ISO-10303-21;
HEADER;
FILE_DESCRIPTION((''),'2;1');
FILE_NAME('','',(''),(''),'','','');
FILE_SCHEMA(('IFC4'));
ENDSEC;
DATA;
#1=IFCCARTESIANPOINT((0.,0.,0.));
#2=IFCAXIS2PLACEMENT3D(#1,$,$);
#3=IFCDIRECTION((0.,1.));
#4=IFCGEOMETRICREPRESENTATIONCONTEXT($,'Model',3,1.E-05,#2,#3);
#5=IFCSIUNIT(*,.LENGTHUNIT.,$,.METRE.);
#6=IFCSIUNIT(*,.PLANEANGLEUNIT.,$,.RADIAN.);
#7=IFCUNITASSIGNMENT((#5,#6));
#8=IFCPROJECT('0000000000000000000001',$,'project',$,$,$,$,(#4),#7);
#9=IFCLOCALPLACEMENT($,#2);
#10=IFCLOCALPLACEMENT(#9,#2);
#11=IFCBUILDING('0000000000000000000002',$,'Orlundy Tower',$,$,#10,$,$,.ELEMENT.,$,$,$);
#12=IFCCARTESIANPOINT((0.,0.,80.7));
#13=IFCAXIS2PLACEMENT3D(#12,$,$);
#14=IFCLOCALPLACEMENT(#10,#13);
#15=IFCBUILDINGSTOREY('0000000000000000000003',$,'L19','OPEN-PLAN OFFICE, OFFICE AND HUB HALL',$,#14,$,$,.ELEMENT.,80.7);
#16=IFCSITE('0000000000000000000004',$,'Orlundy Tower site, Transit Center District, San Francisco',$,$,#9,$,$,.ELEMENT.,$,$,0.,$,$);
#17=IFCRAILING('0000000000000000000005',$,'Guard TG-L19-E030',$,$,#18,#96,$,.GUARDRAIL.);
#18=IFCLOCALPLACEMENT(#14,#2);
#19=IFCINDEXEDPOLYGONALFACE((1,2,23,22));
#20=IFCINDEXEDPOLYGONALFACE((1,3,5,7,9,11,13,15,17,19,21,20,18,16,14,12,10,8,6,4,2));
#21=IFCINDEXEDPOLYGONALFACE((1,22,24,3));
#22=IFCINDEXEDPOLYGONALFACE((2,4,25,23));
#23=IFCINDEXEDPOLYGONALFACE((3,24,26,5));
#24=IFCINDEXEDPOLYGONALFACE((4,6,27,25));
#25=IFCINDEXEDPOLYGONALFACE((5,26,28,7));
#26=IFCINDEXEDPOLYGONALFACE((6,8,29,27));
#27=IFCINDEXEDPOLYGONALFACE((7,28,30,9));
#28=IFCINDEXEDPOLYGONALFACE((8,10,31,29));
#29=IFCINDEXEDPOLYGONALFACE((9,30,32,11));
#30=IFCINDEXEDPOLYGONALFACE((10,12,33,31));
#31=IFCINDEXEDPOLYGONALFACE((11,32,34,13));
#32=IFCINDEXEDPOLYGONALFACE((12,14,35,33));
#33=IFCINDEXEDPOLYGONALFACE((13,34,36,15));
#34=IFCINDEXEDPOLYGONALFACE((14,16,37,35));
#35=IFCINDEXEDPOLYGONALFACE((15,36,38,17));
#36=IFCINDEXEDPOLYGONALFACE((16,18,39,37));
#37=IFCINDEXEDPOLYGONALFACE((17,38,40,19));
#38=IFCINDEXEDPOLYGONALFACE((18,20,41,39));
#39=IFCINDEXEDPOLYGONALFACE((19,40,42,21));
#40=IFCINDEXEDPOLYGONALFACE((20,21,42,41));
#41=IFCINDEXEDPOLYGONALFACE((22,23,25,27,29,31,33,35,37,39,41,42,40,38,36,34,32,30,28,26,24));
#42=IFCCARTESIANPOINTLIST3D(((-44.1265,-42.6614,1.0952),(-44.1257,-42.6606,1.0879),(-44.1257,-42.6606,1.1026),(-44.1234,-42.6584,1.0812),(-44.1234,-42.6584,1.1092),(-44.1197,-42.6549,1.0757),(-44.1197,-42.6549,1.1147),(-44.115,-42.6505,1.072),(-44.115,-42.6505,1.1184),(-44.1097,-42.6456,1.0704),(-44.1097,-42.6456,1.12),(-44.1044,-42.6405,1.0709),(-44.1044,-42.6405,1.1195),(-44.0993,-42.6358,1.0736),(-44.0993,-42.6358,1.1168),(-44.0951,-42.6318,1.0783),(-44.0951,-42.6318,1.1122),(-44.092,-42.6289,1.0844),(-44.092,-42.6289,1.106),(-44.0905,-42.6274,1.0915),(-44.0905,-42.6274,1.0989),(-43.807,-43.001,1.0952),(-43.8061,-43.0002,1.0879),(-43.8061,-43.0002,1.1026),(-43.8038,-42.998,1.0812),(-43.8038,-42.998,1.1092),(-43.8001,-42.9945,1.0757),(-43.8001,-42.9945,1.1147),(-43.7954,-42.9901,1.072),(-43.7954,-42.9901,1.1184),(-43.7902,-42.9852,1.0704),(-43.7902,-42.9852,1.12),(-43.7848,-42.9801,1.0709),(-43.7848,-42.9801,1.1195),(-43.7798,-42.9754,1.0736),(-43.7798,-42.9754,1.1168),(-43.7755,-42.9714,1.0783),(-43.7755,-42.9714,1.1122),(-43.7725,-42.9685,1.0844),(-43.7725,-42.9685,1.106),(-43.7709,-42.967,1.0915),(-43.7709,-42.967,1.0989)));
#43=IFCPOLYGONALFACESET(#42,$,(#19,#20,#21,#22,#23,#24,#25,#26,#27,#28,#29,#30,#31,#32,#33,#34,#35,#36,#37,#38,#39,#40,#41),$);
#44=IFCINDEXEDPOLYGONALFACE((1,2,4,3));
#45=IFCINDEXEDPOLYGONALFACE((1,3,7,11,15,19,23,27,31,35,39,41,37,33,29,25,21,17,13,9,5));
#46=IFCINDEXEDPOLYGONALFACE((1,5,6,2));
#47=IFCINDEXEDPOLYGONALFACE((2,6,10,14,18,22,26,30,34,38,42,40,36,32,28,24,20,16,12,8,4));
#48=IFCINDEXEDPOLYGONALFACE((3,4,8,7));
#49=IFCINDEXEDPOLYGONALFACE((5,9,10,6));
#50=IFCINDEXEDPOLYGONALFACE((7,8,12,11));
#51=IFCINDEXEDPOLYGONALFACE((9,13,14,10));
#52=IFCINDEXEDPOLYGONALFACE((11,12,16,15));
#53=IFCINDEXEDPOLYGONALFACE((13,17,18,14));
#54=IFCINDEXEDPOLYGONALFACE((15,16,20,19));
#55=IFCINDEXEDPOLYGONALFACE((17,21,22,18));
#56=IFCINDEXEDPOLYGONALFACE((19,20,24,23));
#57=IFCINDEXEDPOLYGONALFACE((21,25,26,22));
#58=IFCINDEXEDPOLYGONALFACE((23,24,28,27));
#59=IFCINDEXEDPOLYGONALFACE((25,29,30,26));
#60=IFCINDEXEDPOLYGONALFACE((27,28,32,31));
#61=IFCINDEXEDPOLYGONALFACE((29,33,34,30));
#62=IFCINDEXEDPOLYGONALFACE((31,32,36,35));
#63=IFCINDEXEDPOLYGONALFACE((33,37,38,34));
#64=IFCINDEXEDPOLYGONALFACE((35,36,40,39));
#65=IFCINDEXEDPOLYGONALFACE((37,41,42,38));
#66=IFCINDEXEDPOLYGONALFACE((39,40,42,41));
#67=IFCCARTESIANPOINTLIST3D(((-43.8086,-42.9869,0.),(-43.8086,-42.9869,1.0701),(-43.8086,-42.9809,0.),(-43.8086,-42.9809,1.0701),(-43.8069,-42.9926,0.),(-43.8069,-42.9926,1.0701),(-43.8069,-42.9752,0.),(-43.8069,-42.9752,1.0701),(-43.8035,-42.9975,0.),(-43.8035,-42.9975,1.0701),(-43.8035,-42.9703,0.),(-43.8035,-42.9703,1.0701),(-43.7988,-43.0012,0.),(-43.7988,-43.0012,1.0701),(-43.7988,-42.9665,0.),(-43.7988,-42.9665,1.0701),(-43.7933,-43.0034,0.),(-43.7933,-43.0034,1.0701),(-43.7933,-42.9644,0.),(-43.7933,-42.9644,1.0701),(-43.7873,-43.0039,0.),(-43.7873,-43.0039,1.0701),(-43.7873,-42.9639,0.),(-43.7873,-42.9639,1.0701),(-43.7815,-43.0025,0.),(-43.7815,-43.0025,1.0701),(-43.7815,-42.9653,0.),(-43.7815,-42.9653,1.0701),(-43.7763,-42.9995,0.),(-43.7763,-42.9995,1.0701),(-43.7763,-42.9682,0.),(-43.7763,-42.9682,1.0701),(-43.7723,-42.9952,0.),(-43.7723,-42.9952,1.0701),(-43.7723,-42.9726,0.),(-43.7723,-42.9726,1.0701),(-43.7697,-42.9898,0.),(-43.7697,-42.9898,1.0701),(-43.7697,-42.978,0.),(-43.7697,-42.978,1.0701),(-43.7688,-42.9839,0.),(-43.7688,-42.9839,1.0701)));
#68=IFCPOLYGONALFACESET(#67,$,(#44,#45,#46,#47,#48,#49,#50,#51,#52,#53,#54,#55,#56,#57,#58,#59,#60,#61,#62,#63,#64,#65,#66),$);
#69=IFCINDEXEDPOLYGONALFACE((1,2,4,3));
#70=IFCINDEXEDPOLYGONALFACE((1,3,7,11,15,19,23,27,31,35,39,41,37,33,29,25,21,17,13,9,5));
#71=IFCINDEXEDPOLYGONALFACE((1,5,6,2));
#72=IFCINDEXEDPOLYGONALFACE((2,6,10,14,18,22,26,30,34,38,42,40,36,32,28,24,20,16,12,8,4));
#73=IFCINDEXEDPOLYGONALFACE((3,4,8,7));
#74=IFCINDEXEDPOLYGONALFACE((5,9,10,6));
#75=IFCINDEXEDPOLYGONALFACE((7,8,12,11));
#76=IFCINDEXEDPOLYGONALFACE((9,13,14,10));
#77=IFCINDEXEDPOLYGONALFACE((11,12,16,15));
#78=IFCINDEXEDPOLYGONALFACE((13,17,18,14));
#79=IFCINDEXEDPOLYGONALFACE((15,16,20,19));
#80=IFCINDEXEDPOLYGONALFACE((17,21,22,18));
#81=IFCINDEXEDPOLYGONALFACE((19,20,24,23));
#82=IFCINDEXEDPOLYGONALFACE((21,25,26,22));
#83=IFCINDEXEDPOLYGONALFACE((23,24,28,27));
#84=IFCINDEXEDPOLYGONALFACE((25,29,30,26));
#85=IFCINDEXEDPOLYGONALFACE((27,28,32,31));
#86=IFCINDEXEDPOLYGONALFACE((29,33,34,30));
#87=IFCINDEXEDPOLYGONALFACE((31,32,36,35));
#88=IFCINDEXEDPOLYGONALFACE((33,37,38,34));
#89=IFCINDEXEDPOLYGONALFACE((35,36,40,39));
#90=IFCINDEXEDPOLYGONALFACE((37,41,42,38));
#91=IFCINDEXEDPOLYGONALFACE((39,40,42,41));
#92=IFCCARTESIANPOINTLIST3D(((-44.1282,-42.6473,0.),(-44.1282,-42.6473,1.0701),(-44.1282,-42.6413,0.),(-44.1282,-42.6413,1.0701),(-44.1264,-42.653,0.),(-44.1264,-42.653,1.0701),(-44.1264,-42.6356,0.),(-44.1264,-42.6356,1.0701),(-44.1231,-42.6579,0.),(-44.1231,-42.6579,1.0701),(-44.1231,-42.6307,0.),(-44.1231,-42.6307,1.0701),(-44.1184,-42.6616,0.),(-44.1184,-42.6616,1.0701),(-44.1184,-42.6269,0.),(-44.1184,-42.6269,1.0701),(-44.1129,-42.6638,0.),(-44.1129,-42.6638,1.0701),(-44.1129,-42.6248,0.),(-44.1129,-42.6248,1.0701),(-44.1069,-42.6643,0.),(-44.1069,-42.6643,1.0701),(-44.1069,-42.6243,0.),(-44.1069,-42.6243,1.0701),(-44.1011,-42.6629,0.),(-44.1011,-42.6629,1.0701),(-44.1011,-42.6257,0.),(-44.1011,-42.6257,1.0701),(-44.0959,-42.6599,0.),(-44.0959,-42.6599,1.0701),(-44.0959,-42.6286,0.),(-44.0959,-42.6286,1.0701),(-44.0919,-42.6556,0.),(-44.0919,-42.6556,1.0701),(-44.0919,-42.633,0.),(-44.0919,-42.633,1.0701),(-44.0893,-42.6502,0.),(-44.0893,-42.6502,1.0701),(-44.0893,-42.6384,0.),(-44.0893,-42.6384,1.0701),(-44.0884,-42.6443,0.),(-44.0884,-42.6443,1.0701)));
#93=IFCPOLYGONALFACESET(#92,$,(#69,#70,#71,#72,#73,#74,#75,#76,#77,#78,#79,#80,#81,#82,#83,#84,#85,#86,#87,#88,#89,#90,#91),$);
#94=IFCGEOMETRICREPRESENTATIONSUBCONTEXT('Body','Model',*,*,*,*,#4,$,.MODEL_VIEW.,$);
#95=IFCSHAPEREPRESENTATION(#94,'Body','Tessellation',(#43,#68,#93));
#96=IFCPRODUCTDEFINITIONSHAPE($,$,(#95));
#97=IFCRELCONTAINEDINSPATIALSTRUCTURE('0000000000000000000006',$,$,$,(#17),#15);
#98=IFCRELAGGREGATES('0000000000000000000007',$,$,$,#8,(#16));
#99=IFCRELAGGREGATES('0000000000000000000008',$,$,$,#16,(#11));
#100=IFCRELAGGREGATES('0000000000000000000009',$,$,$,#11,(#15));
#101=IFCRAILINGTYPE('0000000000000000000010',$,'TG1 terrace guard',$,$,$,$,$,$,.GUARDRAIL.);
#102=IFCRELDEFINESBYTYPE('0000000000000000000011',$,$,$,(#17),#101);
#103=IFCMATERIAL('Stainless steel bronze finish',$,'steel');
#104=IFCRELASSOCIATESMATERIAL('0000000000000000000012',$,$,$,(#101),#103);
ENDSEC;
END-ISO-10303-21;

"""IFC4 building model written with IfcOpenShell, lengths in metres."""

from ifc_helpers import new_model, si_unit, direction, frame, origin, origin_2d, place, context, subcontext, project, spatial, circle, extrude, material, type_object, element, save


model = new_model("IFC4")

# Units and contexts
model_context = context("Model", 3, precision=1e-05, world=origin(), true_north=direction((0.0, 1.0)))
body_context = subcontext(model_context, "Body", "Model", "MODEL_VIEW")
ifc_project = project(units=[si_unit("LENGTHUNIT", "METRE"), si_unit("PLANEANGLEUNIT", "RADIAN")], contexts=[model_context])

# Site, building, storey
site_placement = place(None, origin())
site = spatial("IfcSite", under=ifc_project, at=site_placement, Name="Orlundy Tower site, Transit Center District, San Francisco", CompositionType="ELEMENT", RefElevation=0.0)
building_placement = place(site_placement, origin())
building = spatial("IfcBuilding", under=site, at=building_placement, Name="Orlundy Tower", CompositionType="ELEMENT")
storey_placement = place(building_placement, frame((0.0, 0.0, 80.7)))
storey = spatial("IfcBuildingStorey", under=building, at=storey_placement, Name="L19", Description="OPEN-PLAN OFFICE, OFFICE AND HUB HALL", CompositionType="ELEMENT", Elevation=80.7)

# Railing
ifc_material_1 = material(Name="Stainless steel bronze finish", Category="steel")
railing_type = type_object("IfcRailingType", Name="TG1 terrace guard", PredefinedType="GUARDRAIL", material=ifc_material_1)
railing_1_placement = place(storey_placement, frame((-43.7888, -42.9839, 0.0)))
element("IfcRailing", 1, at=railing_1_placement, inside=storey, type_object=railing_type, Name="Guard TG-L19-E030", PredefinedType="GUARDRAIL", context=body_context, shape_type="SweptSolid", body=[
    extrude(circle(Radius=0.0249, at=origin_2d()), frame((0.0, 0.0, 1.0952), z_axis=(-0.685316, 0.728246, 0.0), x_axis=(-0.728246, -0.685316, 0.0)), (0.0, 0.0, 1.0), 0.4663),
    extrude(circle(Radius=0.02, at=origin_2d()), origin(), (0.0, 0.0, 1.0), 1.0701),
    extrude(circle(Radius=0.02, at=origin_2d()), frame((-0.3196, 0.3396, 0.0)), (0.0, 0.0, 1.0), 1.0701),
])

save(model, "model.ifc")
